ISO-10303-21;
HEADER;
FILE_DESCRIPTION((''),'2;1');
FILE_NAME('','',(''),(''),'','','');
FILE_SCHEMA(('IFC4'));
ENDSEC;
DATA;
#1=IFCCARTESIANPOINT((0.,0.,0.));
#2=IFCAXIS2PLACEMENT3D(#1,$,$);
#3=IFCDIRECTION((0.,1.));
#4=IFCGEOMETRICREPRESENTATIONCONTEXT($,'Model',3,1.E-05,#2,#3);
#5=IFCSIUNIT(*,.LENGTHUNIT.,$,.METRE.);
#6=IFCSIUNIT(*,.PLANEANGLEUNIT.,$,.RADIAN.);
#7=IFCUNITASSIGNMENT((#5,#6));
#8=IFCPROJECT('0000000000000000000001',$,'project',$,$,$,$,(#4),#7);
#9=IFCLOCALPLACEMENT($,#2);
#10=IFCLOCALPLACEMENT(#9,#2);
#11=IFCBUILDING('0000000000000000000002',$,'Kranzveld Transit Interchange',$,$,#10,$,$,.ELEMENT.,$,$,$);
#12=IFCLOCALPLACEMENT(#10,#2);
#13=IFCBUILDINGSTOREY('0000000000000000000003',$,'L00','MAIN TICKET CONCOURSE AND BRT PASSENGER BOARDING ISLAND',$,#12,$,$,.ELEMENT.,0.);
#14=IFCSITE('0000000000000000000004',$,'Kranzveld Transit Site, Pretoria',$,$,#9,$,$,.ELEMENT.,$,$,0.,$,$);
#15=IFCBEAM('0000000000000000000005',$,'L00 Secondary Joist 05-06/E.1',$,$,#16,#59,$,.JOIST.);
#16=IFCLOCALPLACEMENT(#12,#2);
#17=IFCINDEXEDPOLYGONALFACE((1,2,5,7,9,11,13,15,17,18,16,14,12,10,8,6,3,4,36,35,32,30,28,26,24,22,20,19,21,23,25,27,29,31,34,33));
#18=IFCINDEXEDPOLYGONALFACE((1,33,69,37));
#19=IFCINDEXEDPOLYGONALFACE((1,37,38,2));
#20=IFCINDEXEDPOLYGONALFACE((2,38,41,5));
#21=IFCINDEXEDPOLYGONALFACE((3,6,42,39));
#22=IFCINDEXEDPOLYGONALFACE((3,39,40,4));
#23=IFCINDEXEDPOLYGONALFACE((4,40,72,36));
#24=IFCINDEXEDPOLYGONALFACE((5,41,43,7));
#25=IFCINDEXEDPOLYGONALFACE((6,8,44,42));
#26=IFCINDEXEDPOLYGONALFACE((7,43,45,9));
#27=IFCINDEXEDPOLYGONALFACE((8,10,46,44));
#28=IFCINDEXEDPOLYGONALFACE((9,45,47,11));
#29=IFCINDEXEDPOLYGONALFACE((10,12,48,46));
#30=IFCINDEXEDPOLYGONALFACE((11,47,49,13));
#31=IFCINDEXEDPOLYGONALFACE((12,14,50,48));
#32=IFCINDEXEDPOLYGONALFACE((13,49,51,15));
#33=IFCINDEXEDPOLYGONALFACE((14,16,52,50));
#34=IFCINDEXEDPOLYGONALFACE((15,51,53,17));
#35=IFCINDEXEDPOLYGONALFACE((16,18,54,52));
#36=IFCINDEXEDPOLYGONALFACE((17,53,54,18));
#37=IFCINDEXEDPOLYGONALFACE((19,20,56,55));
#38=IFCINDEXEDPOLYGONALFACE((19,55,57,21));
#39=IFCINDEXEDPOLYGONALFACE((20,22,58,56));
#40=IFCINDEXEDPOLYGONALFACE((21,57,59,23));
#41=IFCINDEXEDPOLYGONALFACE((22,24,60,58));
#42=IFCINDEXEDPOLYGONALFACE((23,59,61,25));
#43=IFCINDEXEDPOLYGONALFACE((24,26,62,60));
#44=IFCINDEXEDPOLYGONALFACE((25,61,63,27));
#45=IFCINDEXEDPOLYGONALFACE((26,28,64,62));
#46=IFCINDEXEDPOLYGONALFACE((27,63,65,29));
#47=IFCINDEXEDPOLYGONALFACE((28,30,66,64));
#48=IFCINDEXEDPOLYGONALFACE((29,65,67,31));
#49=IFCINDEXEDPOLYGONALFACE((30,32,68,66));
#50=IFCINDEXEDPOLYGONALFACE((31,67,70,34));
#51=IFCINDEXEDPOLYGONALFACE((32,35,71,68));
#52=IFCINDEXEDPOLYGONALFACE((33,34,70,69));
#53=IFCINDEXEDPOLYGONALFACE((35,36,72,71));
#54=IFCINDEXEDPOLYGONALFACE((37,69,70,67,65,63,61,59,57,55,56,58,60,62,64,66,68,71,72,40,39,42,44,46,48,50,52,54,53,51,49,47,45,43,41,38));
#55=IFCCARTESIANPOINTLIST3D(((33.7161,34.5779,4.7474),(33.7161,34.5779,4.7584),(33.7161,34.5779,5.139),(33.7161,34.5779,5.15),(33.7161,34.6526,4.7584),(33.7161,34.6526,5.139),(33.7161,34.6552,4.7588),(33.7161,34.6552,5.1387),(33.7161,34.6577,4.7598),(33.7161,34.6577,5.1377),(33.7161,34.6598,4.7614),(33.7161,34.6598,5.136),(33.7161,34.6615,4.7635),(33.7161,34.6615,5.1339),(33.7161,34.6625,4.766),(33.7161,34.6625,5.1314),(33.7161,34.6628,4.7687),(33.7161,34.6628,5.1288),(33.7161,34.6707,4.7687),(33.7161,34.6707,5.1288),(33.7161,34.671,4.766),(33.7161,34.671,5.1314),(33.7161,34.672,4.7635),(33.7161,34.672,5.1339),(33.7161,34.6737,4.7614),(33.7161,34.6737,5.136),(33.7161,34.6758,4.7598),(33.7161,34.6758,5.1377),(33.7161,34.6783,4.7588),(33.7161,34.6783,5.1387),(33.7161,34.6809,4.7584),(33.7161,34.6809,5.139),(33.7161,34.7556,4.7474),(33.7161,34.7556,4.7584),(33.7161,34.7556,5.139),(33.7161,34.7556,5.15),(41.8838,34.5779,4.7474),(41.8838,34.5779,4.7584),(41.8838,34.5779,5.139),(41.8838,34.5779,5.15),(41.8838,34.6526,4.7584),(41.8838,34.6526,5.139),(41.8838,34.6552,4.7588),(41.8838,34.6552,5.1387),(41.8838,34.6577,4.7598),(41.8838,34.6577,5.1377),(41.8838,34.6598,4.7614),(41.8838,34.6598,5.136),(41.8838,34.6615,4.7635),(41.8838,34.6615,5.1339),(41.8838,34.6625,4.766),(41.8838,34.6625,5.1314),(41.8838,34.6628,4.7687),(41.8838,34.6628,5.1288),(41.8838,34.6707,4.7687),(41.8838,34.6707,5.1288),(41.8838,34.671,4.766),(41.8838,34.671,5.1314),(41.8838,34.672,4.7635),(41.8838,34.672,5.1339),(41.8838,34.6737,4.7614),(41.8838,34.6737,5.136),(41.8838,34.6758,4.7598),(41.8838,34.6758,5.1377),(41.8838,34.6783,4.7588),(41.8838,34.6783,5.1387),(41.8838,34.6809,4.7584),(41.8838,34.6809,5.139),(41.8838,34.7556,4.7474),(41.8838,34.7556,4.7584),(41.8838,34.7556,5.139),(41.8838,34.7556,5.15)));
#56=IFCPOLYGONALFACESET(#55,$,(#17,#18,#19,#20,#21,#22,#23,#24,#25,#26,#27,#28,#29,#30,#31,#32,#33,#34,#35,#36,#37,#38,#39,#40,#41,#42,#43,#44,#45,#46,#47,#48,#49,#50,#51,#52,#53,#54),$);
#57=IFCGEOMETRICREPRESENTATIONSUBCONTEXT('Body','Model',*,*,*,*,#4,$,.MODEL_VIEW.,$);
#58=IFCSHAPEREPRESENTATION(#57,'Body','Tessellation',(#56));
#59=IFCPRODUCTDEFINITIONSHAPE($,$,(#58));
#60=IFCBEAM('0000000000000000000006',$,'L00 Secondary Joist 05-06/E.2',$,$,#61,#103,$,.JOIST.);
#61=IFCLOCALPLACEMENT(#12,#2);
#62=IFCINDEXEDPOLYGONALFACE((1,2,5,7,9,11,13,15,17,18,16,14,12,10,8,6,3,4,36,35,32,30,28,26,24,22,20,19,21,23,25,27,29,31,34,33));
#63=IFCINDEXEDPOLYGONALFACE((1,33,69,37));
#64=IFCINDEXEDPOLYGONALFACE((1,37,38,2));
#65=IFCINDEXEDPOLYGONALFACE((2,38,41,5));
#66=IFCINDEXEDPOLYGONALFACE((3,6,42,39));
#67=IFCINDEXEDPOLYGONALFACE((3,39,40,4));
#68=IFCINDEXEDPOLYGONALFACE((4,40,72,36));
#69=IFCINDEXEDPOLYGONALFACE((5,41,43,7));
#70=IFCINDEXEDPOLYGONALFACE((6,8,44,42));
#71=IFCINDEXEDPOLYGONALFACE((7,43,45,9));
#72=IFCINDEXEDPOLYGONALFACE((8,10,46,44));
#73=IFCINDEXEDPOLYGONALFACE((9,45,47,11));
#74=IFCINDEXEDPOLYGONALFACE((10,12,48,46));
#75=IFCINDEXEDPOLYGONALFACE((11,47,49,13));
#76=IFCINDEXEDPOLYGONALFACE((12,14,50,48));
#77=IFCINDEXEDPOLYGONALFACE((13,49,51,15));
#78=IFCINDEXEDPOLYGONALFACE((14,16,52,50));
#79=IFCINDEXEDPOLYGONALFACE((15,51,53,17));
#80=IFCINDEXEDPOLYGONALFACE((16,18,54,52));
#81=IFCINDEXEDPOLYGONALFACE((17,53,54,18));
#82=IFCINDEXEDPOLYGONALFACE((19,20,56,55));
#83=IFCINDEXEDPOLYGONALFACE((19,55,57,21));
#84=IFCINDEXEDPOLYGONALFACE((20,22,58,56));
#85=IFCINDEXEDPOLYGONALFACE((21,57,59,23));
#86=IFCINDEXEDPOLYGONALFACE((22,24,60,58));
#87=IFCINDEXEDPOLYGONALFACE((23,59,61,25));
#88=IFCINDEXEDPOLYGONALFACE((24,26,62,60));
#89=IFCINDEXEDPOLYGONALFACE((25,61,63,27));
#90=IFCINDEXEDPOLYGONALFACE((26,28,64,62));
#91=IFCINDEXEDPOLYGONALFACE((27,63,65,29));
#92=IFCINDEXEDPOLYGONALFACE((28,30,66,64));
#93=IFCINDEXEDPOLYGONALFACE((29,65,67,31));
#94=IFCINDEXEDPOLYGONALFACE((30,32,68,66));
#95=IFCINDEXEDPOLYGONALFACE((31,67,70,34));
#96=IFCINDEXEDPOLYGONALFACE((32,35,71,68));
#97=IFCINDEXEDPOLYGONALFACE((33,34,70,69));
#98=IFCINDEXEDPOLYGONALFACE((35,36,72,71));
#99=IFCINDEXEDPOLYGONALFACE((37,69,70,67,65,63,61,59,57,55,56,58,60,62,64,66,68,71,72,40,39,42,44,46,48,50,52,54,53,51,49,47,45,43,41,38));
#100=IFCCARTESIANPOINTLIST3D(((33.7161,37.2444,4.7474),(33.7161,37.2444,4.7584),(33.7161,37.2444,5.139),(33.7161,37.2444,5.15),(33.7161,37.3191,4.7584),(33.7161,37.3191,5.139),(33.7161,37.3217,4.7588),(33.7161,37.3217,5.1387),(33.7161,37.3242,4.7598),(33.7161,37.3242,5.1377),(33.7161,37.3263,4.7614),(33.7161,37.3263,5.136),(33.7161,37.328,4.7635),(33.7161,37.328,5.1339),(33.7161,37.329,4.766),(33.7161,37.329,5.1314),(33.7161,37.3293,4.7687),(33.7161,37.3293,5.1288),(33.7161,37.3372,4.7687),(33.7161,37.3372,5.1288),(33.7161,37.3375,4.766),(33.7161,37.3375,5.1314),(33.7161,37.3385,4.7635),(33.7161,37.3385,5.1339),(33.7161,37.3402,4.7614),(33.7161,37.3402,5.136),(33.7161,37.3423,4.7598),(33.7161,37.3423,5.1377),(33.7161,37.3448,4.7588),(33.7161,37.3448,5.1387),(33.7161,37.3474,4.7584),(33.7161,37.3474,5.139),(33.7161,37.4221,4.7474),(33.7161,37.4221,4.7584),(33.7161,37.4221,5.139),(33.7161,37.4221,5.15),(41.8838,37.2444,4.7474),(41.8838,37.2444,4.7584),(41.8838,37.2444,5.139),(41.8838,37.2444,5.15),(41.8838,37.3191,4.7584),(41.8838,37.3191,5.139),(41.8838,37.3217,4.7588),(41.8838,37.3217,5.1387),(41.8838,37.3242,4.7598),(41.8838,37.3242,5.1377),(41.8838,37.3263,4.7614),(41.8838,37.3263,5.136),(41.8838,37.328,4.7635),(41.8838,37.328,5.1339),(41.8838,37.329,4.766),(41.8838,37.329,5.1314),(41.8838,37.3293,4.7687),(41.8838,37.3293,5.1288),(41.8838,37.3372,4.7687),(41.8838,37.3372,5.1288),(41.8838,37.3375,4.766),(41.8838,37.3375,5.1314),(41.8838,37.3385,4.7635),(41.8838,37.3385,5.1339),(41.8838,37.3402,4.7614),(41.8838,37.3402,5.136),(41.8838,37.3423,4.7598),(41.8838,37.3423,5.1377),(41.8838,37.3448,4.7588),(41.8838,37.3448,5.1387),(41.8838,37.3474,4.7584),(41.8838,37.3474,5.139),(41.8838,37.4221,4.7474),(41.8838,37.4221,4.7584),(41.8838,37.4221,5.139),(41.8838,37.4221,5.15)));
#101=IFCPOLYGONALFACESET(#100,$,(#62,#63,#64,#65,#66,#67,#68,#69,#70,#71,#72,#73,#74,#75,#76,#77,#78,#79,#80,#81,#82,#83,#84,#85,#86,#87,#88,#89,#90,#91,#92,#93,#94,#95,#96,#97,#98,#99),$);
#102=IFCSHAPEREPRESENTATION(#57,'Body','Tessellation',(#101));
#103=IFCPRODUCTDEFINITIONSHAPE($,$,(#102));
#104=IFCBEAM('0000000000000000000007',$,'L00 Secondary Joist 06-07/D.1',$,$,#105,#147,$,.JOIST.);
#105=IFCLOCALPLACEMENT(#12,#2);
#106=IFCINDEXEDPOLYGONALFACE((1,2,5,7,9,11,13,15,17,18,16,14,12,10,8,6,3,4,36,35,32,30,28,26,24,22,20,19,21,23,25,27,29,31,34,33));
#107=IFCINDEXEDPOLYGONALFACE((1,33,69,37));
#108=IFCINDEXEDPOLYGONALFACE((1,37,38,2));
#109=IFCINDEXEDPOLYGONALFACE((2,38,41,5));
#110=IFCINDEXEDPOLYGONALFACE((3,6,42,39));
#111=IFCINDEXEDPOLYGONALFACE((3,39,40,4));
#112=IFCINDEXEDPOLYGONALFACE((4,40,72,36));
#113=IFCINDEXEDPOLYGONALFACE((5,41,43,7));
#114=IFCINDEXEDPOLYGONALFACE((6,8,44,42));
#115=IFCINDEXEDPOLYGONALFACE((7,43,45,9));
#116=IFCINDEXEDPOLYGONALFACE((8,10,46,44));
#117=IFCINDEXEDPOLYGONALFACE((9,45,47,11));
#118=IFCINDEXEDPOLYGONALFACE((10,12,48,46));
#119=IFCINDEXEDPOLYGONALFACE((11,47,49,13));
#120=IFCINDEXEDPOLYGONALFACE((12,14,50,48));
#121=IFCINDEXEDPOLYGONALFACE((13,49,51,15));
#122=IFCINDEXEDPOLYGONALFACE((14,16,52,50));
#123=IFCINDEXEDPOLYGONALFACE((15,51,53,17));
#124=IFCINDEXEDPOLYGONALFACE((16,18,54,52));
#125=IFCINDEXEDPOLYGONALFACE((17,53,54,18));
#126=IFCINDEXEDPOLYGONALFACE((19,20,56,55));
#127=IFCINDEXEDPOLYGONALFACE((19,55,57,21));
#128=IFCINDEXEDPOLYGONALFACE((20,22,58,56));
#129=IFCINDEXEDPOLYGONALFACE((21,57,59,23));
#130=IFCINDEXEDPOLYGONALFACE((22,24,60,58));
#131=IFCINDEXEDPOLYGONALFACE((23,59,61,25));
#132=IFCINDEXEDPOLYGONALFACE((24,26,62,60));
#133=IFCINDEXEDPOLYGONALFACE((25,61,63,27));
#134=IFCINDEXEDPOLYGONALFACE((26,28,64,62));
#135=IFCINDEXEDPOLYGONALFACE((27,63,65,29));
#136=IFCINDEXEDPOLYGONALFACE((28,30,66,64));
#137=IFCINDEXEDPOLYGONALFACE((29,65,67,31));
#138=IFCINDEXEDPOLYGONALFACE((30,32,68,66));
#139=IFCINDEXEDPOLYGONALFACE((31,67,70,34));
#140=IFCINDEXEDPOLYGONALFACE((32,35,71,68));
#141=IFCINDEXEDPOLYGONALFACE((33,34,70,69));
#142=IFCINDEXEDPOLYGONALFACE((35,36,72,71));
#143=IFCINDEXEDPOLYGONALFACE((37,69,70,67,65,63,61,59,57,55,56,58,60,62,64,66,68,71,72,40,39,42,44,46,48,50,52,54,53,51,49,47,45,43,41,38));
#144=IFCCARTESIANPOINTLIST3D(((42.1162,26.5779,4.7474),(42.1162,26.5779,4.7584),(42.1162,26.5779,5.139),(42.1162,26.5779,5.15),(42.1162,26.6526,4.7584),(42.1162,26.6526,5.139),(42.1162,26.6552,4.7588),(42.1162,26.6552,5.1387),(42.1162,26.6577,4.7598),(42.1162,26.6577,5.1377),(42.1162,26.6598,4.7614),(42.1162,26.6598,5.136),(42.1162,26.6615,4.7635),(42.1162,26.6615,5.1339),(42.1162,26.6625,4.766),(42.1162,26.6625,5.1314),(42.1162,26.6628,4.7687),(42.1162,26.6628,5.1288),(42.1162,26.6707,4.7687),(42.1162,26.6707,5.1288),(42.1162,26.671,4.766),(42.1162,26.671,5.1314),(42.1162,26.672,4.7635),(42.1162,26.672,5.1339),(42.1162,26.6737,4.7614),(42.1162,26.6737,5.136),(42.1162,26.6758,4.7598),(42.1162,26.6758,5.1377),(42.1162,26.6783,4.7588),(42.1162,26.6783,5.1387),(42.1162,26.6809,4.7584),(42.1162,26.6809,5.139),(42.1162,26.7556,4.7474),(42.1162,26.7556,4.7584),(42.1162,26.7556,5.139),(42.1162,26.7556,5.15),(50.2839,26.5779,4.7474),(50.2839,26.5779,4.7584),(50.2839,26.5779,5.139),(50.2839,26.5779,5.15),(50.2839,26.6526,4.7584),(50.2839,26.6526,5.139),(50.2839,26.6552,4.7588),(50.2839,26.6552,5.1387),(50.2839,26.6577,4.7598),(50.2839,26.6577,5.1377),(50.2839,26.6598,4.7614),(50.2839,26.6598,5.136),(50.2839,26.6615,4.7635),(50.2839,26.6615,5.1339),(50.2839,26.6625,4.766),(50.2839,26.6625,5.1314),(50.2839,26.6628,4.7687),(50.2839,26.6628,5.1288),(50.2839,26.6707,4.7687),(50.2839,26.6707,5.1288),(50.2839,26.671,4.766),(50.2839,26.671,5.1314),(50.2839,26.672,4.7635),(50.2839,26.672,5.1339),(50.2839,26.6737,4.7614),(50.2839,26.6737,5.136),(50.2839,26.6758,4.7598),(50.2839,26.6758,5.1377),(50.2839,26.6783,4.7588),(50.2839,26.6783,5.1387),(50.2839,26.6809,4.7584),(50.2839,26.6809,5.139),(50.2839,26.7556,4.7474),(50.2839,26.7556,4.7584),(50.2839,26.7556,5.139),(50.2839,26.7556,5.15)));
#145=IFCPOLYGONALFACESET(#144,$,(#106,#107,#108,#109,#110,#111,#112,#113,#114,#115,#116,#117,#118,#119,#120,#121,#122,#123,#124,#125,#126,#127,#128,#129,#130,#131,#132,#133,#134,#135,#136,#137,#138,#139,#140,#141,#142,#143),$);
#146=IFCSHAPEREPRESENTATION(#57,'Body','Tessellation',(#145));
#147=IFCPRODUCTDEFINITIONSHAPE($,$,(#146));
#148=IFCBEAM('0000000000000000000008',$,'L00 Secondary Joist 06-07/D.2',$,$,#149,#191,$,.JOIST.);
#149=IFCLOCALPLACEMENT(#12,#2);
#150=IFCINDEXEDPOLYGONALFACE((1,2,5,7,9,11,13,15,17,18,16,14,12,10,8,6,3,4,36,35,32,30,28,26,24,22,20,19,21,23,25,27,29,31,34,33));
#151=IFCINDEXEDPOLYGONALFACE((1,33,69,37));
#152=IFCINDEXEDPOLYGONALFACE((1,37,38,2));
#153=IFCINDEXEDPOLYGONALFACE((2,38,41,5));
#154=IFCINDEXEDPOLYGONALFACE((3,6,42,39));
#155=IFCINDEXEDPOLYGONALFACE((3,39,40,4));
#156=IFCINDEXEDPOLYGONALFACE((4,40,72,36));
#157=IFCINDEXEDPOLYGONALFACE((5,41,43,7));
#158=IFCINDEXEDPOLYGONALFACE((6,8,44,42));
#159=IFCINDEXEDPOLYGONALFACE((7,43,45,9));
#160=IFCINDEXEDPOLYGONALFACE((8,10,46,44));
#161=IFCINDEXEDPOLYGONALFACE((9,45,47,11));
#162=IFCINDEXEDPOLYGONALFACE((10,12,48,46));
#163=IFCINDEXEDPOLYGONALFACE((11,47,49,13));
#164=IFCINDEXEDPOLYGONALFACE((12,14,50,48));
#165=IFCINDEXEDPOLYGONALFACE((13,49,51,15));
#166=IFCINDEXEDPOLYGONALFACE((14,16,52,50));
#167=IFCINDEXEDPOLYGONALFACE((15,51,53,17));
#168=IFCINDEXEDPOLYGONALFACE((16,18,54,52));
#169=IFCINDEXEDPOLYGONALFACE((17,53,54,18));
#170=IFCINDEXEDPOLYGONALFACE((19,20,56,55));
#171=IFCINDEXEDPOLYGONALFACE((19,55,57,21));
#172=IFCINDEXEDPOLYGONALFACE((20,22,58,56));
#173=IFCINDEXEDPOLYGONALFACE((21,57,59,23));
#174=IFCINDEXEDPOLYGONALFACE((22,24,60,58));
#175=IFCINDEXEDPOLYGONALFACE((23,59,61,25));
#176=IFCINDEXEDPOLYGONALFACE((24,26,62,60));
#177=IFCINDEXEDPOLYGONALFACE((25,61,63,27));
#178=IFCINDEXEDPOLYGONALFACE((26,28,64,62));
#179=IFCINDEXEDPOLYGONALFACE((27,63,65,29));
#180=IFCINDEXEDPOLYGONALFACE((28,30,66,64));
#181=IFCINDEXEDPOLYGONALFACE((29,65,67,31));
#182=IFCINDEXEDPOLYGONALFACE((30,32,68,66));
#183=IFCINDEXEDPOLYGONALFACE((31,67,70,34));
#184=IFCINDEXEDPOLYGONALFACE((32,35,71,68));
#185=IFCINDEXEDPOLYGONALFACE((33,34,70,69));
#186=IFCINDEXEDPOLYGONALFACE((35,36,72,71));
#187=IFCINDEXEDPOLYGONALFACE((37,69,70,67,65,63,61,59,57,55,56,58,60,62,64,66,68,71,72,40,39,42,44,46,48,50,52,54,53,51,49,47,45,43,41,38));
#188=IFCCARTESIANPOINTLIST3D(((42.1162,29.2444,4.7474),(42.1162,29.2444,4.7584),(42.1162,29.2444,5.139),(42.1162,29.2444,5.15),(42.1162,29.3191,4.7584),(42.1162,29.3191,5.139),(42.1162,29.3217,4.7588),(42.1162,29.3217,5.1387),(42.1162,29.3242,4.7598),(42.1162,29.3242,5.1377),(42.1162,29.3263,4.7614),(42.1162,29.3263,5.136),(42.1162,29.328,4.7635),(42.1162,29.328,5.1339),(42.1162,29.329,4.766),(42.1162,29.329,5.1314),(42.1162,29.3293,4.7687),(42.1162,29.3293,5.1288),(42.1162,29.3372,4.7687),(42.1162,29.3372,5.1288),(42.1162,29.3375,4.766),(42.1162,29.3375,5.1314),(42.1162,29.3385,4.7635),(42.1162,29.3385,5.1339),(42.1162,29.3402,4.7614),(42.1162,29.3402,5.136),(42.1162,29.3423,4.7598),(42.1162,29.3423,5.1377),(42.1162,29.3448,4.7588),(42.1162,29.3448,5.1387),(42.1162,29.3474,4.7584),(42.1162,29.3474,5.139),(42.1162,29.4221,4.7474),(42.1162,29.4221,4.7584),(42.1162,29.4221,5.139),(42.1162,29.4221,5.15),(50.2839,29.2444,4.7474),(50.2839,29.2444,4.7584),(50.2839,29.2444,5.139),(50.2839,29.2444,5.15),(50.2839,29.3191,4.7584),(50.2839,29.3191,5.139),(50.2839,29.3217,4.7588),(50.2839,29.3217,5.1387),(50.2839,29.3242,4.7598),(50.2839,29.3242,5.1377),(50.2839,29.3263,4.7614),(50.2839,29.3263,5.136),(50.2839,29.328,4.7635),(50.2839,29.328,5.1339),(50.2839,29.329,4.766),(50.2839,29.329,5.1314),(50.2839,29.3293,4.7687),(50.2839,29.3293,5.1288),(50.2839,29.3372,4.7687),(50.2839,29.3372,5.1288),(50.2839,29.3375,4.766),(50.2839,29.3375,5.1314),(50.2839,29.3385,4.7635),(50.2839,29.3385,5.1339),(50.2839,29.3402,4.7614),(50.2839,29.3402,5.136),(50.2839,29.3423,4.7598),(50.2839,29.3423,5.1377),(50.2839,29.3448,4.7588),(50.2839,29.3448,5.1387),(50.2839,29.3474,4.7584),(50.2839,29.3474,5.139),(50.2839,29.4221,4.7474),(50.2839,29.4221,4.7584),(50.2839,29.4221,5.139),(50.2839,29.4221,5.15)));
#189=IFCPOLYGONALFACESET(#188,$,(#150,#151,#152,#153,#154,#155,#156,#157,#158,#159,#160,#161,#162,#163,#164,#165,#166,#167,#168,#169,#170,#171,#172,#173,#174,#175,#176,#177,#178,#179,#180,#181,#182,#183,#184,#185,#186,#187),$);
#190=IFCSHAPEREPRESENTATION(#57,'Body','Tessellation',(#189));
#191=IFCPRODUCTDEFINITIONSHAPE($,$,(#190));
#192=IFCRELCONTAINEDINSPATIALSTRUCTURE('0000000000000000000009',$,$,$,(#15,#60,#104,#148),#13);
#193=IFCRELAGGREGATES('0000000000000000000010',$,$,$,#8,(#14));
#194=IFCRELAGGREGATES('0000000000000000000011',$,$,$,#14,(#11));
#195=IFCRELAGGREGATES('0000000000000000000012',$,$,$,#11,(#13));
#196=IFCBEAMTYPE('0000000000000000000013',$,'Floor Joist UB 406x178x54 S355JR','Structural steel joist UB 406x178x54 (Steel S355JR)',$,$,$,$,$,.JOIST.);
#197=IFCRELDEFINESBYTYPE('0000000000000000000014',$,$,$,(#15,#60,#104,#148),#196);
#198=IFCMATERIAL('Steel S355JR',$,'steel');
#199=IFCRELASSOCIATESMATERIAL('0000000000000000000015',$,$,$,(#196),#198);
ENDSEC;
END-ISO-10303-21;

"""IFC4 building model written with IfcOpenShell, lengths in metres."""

from ifc_helpers import new_model, si_unit, direction, frame, origin, origin_2d, place, context, subcontext, project, spatial, i_section, extrude, material, material_profile, profile_set, type_object, element, save


model = new_model("IFC4")

# Units and contexts
model_context = context("Model", 3, precision=1e-05, world=origin(), true_north=direction((0.0, 1.0)))
body_context = subcontext(model_context, "Body", "Model", "MODEL_VIEW")
ifc_project = project(units=[si_unit("LENGTHUNIT", "METRE"), si_unit("PLANEANGLEUNIT", "RADIAN")], contexts=[model_context])

# Site, building, storey
site_placement = place(None, origin())
site = spatial("IfcSite", under=ifc_project, at=site_placement, Name="Kranzveld Transit Site, Pretoria", CompositionType="ELEMENT", RefElevation=0.0)
building_placement = place(site_placement, origin())
building = spatial("IfcBuilding", under=site, at=building_placement, Name="Kranzveld Transit Interchange", CompositionType="ELEMENT")
storey_placement = place(building_placement, origin())
storey = spatial("IfcBuildingStorey", under=building, at=storey_placement, Name="L00", Description="MAIN TICKET CONCOURSE AND BRT PASSENGER BOARDING ISLAND", CompositionType="ELEMENT", Elevation=0.0)

# Beams
ifc_material_1 = material(Name="Steel S355JR", Category="steel")
ifc_material_profile_1 = material_profile(ifc_material_1, i_section(OverallWidth=0.1777, OverallDepth=0.4026, WebThickness=0.0078, FlangeThickness=0.011, FilletRadius=0.0103, at=origin_2d()), Name="UB 406x178x54")
ifc_profile_set_1 = profile_set([ifc_material_profile_1], Name="Steel S355JR")
beam_type_1 = type_object("IfcBeamType", Name="Floor Joist UB 406x178x54 S355JR", Description="Structural steel joist UB 406x178x54 (Steel S355JR)", PredefinedType="JOIST", material=ifc_profile_set_1)
for number, where, z_axis, x_axis, name in (
    (1, (33.7161, 34.6667, 4.9487), (1.0, 0.0, 0.0), (0.0, 1.0, 0.0), "L00 Secondary Joist 05-06/E.1"),
    (2, (33.7161, 37.3333, 4.9487), (1.0, 0.0, 0.0), (0.0, 1.0, 0.0), "L00 Secondary Joist 05-06/E.2"),
    (3, (42.1162, 26.6667, 4.9487), (1.0, 0.0, 0.0), (0.0, 1.0, 0.0), "L00 Secondary Joist 06-07/D.1"),
    (4, (42.1162, 29.3333, 4.9487), (1.0, 0.0, 0.0), (0.0, 1.0, 0.0), "L00 Secondary Joist 06-07/D.2"),
):
    element("IfcBeam", number, at=place(storey_placement, frame(where, z_axis=z_axis, x_axis=x_axis)), inside=storey, type_object=beam_type_1, Name=name, PredefinedType="JOIST", context=body_context, shape_type="SweptSolid", body=[
        extrude(i_section(OverallWidth=0.1777, OverallDepth=0.4026, WebThickness=0.0078, FlangeThickness=0.011, FilletRadius=0.0103, at=origin_2d()), origin(), (0.0, 0.0, 1.0), 8.1677),
    ])

save(model, "model.ifc")
